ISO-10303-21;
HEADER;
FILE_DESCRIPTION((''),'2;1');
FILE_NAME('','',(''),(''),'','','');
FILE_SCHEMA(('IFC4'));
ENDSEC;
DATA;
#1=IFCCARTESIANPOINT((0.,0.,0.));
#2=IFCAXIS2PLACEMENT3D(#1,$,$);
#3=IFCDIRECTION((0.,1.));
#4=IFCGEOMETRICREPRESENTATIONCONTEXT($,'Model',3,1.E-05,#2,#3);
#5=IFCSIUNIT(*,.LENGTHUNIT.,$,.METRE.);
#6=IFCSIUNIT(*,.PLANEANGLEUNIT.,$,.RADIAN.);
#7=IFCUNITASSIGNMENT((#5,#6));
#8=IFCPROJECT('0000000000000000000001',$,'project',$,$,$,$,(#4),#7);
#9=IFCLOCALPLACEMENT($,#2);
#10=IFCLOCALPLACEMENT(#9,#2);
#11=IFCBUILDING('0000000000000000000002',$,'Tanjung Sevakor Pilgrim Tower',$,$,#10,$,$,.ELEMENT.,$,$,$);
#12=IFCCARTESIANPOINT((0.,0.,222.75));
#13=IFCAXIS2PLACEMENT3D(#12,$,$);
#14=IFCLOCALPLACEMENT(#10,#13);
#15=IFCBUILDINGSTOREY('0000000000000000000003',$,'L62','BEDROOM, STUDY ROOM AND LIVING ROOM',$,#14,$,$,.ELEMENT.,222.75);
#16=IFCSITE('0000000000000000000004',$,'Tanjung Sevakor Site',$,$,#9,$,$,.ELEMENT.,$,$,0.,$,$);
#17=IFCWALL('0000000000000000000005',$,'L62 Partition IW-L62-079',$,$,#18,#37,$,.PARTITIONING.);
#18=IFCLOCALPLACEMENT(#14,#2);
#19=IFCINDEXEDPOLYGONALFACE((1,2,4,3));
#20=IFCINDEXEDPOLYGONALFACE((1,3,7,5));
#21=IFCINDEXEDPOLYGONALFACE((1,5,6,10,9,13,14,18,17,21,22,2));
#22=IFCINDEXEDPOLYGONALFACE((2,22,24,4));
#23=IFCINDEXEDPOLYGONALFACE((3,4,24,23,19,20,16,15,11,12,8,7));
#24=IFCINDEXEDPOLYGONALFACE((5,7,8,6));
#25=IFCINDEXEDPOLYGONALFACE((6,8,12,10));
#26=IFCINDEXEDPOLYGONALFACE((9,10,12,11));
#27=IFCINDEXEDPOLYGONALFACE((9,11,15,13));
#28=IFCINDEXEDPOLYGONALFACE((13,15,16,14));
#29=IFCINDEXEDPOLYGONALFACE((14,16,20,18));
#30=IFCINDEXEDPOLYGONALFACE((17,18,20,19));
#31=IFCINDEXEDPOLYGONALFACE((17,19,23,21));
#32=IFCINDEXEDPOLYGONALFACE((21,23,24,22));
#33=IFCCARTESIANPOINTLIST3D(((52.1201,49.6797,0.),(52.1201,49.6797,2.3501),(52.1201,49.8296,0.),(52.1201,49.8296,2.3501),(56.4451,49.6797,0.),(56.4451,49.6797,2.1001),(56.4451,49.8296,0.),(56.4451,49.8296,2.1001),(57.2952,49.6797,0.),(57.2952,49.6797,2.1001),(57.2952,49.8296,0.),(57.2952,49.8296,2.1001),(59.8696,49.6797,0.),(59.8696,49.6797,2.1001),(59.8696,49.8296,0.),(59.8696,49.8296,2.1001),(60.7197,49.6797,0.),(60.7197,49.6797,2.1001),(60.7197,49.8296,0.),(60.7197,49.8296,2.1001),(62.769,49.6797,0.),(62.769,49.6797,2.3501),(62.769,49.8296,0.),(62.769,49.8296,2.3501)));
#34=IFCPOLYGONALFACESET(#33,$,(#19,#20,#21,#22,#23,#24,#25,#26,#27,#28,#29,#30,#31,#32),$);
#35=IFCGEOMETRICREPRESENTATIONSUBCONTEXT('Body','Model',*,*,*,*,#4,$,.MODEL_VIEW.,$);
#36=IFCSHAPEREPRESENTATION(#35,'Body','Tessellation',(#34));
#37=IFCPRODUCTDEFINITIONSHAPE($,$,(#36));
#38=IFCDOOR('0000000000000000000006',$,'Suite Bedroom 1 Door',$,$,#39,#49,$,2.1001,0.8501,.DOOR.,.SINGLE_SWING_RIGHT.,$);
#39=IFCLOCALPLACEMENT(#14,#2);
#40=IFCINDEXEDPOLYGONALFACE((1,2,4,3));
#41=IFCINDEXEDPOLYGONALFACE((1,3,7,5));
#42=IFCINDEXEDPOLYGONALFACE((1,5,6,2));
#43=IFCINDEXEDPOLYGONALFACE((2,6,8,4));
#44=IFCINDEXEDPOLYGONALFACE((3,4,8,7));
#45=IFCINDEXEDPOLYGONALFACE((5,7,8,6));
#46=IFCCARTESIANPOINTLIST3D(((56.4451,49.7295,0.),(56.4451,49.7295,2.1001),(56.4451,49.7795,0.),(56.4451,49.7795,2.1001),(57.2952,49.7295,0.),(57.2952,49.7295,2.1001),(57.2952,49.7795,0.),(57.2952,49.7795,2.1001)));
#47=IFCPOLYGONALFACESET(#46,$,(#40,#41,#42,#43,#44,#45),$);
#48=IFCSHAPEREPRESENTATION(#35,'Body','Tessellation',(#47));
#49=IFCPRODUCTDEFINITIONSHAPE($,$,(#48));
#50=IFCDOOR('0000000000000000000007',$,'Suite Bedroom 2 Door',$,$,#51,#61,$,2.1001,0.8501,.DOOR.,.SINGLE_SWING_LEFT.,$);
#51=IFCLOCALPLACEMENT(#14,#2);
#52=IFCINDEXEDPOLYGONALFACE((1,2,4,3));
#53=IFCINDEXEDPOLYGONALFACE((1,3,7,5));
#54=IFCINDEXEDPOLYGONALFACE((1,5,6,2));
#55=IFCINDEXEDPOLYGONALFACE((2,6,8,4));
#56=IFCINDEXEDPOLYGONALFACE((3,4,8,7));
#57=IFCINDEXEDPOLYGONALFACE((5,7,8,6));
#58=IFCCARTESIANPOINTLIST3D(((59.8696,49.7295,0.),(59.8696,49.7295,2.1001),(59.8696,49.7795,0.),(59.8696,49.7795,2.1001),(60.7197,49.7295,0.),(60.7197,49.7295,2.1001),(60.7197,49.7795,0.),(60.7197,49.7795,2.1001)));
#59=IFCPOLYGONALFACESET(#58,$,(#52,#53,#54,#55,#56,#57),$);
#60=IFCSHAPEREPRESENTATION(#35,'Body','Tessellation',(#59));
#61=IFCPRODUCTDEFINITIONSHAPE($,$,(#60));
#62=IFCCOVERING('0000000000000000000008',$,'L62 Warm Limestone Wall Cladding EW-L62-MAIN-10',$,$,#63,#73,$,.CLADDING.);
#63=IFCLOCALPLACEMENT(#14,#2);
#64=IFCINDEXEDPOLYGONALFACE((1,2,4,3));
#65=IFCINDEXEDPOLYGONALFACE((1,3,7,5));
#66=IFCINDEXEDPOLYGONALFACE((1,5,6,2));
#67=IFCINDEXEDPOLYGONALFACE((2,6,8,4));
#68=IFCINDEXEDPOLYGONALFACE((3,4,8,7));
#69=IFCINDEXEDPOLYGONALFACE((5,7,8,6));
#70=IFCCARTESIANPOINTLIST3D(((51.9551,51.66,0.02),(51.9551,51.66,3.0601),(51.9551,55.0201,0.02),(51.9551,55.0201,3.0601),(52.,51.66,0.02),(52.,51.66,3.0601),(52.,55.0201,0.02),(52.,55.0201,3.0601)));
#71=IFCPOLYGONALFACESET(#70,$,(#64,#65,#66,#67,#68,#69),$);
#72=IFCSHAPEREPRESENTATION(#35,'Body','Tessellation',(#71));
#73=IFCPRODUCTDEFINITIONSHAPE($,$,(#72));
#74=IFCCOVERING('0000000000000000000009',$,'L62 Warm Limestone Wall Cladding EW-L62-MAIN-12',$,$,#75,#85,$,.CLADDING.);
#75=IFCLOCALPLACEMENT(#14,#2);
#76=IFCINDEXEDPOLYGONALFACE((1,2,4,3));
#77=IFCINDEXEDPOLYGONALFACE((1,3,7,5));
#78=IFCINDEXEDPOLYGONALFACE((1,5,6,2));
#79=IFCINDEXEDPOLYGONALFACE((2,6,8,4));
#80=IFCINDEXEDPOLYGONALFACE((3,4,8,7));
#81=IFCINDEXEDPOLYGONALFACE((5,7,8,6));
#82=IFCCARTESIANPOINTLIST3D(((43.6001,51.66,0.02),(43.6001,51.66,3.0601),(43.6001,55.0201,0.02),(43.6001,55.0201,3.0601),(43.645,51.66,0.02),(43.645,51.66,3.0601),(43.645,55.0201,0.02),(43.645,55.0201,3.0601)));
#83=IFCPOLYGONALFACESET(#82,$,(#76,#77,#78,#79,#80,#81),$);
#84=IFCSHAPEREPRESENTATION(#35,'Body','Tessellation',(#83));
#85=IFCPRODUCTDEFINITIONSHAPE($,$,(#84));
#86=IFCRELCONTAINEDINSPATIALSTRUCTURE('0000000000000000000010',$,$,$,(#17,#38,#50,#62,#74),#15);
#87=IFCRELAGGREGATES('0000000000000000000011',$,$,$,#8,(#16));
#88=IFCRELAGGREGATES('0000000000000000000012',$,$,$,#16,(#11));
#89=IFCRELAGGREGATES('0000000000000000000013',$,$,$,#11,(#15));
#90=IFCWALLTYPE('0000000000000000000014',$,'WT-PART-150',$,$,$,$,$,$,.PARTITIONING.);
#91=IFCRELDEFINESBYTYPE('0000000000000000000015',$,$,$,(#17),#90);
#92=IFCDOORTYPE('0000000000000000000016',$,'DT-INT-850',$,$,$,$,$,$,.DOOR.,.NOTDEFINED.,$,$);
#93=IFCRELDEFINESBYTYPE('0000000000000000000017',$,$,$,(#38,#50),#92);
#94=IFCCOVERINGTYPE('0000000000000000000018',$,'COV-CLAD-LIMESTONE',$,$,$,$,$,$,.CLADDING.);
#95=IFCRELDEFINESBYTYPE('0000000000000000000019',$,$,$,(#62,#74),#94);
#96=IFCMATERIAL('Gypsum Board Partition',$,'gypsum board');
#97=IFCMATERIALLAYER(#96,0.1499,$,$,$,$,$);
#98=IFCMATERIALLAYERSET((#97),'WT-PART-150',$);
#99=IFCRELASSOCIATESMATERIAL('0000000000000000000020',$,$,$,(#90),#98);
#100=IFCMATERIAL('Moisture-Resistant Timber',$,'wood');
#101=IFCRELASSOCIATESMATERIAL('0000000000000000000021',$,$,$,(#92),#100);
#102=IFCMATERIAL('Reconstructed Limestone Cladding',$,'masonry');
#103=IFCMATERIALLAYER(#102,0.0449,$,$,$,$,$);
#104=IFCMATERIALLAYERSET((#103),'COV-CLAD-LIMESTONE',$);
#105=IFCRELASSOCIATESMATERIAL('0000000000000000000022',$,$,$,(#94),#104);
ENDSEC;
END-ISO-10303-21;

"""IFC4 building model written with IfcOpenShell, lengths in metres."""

from ifc_helpers import new_model, si_unit, direction, frame, frame_2d, origin, origin_2d, place, context, subcontext, project, spatial, rectangle, extrude, material, layer, layer_set, type_object, element, fill, save


model = new_model("IFC4")

# Units and contexts
model_context = context("Model", 3, precision=1e-05, world=origin(), true_north=direction((0.0, 1.0)))
body_context = subcontext(model_context, "Body", "Model", "MODEL_VIEW")
ifc_project = project(units=[si_unit("LENGTHUNIT", "METRE"), si_unit("PLANEANGLEUNIT", "RADIAN")], contexts=[model_context])

# Site, building, storey
site_placement = place(None, origin())
site = spatial("IfcSite", under=ifc_project, at=site_placement, Name="Tanjung Sevakor Site", CompositionType="ELEMENT", RefElevation=0.0)
building_placement = place(site_placement, origin())
building = spatial("IfcBuilding", under=site, at=building_placement, Name="Tanjung Sevakor Pilgrim Tower", CompositionType="ELEMENT")
storey_placement = place(building_placement, frame((0.0, 0.0, 222.75)))
storey = spatial("IfcBuildingStorey", under=building, at=storey_placement, Name="L62", Description="BEDROOM, STUDY ROOM AND LIVING ROOM", CompositionType="ELEMENT", Elevation=222.75)

# Shared definitions
ifc_material_1 = material(Name="Gypsum Board Partition", Category="gypsum board")
ifc_layer_1 = layer(ifc_material_1, 0.1499)
ifc_layer_set_1 = layer_set([ifc_layer_1], Name="WT-PART-150")
wall_type_1 = type_object("IfcWallType", Name="WT-PART-150", PredefinedType="PARTITIONING", material=ifc_layer_set_1)

# Wall, openings, doors
wall_1_placement = place(storey_placement, frame((52.1201, 49.7546, 0.0), z_axis=(0.0, 0.0, 1.0), x_axis=(1.0, 0.0, 0.0)))
wall_1 = element("IfcWall", 1, at=wall_1_placement, inside=storey, type_object=wall_type_1, Name="L62 Partition IW-L62-079", PredefinedType="PARTITIONING", context=body_context, shape_type="SweptSolid", body=[
    extrude(rectangle(XDim=10.6489, YDim=0.1499, at=frame_2d((5.3245, 0.0))), origin(), (0.0, 0.0, 1.0), 2.3501),
])
opening_1_placement = place(wall_1_placement, frame((4.325, 0.0, 0.0)))
opening_1 = element("IfcOpeningElement", 2, at=opening_1_placement, cuts=wall_1, PredefinedType="OPENING", context=body_context, shape_type="SweptSolid", body=[
    extrude(rectangle(XDim=0.8501, YDim=2.1001, at=frame_2d((0.425, 1.05))), frame((0.0, 0.085, 0.0), z_axis=(0.0, -1.0, 0.0), x_axis=(1.0, 0.0, 0.0)), (0.0, 0.0, 1.0), 0.1699),
])
opening_2_placement = place(wall_1_placement, frame((7.7495, 0.0, 0.0)))
opening_2 = element("IfcOpeningElement", 3, at=opening_2_placement, cuts=wall_1, PredefinedType="OPENING", context=body_context, shape_type="SweptSolid", body=[
    extrude(rectangle(XDim=0.8501, YDim=2.1001, at=frame_2d((0.425, 1.05))), frame((0.0, 0.085, 0.0), z_axis=(0.0, -1.0, 0.0), x_axis=(1.0, 0.0, 0.0)), (0.0, 0.0, 1.0), 0.1699),
])
ifc_material_2 = material(Name="Moisture-Resistant Timber", Category="wood")
door_type_1 = type_object("IfcDoorType", Name="DT-INT-850", OperationType="NOTDEFINED", PredefinedType="DOOR", material=ifc_material_2)
door_1_placement = place(opening_1_placement, origin())
door_1 = element("IfcDoor", 4, at=door_1_placement, inside=storey, type_object=door_type_1, Name="Suite Bedroom 1 Door", OperationType="SINGLE_SWING_RIGHT", OverallHeight=2.1001, OverallWidth=0.8501, PredefinedType="DOOR", context=body_context, shape_type="SweptSolid", body=[
    extrude(rectangle(XDim=0.8501, YDim=2.1001, at=frame_2d((0.425, 1.05))), frame((0.0, 0.0249, 0.0), z_axis=(0.0, -1.0, 0.0), x_axis=(1.0, 0.0, 0.0)), (0.0, 0.0, 1.0), 0.05),
])
fill(opening_1, door_1)
door_2_placement = place(opening_2_placement, origin())
door_2 = element("IfcDoor", 5, at=door_2_placement, inside=storey, type_object=door_type_1, Name="Suite Bedroom 2 Door", OperationType="SINGLE_SWING_LEFT", OverallHeight=2.1001, OverallWidth=0.8501, PredefinedType="DOOR", context=body_context, shape_type="SweptSolid", body=[
    extrude(rectangle(XDim=0.8501, YDim=2.1001, at=frame_2d((0.425, 1.05))), frame((0.0, 0.0249, 0.0), z_axis=(0.0, -1.0, 0.0), x_axis=(1.0, 0.0, 0.0)), (0.0, 0.0, 1.0), 0.05),
])
fill(opening_2, door_2)

# Coverings
ifc_material_3 = material(Name="Reconstructed Limestone Cladding", Category="masonry")
ifc_layer_2 = layer(ifc_material_3, 0.0449)
ifc_layer_set_2 = layer_set([ifc_layer_2], Name="COV-CLAD-LIMESTONE")
covering_type = type_object("IfcCoveringType", Name="COV-CLAD-LIMESTONE", PredefinedType="CLADDING", material=ifc_layer_set_2)
for number, where, z_axis, x_axis, name in (
    (6, (51.9775, 53.3401, 0.02), (0.0, 0.0, 1.0), (0.0, -1.0, 0.0), "L62 Warm Limestone Wall Cladding EW-L62-MAIN-10"),
    (7, (43.6226, 53.3401, 0.02), (0.0, 0.0, 1.0), (0.0, 1.0, 0.0), "L62 Warm Limestone Wall Cladding EW-L62-MAIN-12"),
):
    element("IfcCovering", number, at=place(storey_placement, frame(where, z_axis=z_axis, x_axis=x_axis)), inside=storey, type_object=covering_type, Name=name, PredefinedType="CLADDING", context=body_context, shape_type="SweptSolid", body=[
        extrude(rectangle(XDim=3.3601, YDim=0.0449, at=origin_2d()), origin(), (0.0, 0.0, 1.0), 3.04),
    ])

save(model, "model.ifc")
